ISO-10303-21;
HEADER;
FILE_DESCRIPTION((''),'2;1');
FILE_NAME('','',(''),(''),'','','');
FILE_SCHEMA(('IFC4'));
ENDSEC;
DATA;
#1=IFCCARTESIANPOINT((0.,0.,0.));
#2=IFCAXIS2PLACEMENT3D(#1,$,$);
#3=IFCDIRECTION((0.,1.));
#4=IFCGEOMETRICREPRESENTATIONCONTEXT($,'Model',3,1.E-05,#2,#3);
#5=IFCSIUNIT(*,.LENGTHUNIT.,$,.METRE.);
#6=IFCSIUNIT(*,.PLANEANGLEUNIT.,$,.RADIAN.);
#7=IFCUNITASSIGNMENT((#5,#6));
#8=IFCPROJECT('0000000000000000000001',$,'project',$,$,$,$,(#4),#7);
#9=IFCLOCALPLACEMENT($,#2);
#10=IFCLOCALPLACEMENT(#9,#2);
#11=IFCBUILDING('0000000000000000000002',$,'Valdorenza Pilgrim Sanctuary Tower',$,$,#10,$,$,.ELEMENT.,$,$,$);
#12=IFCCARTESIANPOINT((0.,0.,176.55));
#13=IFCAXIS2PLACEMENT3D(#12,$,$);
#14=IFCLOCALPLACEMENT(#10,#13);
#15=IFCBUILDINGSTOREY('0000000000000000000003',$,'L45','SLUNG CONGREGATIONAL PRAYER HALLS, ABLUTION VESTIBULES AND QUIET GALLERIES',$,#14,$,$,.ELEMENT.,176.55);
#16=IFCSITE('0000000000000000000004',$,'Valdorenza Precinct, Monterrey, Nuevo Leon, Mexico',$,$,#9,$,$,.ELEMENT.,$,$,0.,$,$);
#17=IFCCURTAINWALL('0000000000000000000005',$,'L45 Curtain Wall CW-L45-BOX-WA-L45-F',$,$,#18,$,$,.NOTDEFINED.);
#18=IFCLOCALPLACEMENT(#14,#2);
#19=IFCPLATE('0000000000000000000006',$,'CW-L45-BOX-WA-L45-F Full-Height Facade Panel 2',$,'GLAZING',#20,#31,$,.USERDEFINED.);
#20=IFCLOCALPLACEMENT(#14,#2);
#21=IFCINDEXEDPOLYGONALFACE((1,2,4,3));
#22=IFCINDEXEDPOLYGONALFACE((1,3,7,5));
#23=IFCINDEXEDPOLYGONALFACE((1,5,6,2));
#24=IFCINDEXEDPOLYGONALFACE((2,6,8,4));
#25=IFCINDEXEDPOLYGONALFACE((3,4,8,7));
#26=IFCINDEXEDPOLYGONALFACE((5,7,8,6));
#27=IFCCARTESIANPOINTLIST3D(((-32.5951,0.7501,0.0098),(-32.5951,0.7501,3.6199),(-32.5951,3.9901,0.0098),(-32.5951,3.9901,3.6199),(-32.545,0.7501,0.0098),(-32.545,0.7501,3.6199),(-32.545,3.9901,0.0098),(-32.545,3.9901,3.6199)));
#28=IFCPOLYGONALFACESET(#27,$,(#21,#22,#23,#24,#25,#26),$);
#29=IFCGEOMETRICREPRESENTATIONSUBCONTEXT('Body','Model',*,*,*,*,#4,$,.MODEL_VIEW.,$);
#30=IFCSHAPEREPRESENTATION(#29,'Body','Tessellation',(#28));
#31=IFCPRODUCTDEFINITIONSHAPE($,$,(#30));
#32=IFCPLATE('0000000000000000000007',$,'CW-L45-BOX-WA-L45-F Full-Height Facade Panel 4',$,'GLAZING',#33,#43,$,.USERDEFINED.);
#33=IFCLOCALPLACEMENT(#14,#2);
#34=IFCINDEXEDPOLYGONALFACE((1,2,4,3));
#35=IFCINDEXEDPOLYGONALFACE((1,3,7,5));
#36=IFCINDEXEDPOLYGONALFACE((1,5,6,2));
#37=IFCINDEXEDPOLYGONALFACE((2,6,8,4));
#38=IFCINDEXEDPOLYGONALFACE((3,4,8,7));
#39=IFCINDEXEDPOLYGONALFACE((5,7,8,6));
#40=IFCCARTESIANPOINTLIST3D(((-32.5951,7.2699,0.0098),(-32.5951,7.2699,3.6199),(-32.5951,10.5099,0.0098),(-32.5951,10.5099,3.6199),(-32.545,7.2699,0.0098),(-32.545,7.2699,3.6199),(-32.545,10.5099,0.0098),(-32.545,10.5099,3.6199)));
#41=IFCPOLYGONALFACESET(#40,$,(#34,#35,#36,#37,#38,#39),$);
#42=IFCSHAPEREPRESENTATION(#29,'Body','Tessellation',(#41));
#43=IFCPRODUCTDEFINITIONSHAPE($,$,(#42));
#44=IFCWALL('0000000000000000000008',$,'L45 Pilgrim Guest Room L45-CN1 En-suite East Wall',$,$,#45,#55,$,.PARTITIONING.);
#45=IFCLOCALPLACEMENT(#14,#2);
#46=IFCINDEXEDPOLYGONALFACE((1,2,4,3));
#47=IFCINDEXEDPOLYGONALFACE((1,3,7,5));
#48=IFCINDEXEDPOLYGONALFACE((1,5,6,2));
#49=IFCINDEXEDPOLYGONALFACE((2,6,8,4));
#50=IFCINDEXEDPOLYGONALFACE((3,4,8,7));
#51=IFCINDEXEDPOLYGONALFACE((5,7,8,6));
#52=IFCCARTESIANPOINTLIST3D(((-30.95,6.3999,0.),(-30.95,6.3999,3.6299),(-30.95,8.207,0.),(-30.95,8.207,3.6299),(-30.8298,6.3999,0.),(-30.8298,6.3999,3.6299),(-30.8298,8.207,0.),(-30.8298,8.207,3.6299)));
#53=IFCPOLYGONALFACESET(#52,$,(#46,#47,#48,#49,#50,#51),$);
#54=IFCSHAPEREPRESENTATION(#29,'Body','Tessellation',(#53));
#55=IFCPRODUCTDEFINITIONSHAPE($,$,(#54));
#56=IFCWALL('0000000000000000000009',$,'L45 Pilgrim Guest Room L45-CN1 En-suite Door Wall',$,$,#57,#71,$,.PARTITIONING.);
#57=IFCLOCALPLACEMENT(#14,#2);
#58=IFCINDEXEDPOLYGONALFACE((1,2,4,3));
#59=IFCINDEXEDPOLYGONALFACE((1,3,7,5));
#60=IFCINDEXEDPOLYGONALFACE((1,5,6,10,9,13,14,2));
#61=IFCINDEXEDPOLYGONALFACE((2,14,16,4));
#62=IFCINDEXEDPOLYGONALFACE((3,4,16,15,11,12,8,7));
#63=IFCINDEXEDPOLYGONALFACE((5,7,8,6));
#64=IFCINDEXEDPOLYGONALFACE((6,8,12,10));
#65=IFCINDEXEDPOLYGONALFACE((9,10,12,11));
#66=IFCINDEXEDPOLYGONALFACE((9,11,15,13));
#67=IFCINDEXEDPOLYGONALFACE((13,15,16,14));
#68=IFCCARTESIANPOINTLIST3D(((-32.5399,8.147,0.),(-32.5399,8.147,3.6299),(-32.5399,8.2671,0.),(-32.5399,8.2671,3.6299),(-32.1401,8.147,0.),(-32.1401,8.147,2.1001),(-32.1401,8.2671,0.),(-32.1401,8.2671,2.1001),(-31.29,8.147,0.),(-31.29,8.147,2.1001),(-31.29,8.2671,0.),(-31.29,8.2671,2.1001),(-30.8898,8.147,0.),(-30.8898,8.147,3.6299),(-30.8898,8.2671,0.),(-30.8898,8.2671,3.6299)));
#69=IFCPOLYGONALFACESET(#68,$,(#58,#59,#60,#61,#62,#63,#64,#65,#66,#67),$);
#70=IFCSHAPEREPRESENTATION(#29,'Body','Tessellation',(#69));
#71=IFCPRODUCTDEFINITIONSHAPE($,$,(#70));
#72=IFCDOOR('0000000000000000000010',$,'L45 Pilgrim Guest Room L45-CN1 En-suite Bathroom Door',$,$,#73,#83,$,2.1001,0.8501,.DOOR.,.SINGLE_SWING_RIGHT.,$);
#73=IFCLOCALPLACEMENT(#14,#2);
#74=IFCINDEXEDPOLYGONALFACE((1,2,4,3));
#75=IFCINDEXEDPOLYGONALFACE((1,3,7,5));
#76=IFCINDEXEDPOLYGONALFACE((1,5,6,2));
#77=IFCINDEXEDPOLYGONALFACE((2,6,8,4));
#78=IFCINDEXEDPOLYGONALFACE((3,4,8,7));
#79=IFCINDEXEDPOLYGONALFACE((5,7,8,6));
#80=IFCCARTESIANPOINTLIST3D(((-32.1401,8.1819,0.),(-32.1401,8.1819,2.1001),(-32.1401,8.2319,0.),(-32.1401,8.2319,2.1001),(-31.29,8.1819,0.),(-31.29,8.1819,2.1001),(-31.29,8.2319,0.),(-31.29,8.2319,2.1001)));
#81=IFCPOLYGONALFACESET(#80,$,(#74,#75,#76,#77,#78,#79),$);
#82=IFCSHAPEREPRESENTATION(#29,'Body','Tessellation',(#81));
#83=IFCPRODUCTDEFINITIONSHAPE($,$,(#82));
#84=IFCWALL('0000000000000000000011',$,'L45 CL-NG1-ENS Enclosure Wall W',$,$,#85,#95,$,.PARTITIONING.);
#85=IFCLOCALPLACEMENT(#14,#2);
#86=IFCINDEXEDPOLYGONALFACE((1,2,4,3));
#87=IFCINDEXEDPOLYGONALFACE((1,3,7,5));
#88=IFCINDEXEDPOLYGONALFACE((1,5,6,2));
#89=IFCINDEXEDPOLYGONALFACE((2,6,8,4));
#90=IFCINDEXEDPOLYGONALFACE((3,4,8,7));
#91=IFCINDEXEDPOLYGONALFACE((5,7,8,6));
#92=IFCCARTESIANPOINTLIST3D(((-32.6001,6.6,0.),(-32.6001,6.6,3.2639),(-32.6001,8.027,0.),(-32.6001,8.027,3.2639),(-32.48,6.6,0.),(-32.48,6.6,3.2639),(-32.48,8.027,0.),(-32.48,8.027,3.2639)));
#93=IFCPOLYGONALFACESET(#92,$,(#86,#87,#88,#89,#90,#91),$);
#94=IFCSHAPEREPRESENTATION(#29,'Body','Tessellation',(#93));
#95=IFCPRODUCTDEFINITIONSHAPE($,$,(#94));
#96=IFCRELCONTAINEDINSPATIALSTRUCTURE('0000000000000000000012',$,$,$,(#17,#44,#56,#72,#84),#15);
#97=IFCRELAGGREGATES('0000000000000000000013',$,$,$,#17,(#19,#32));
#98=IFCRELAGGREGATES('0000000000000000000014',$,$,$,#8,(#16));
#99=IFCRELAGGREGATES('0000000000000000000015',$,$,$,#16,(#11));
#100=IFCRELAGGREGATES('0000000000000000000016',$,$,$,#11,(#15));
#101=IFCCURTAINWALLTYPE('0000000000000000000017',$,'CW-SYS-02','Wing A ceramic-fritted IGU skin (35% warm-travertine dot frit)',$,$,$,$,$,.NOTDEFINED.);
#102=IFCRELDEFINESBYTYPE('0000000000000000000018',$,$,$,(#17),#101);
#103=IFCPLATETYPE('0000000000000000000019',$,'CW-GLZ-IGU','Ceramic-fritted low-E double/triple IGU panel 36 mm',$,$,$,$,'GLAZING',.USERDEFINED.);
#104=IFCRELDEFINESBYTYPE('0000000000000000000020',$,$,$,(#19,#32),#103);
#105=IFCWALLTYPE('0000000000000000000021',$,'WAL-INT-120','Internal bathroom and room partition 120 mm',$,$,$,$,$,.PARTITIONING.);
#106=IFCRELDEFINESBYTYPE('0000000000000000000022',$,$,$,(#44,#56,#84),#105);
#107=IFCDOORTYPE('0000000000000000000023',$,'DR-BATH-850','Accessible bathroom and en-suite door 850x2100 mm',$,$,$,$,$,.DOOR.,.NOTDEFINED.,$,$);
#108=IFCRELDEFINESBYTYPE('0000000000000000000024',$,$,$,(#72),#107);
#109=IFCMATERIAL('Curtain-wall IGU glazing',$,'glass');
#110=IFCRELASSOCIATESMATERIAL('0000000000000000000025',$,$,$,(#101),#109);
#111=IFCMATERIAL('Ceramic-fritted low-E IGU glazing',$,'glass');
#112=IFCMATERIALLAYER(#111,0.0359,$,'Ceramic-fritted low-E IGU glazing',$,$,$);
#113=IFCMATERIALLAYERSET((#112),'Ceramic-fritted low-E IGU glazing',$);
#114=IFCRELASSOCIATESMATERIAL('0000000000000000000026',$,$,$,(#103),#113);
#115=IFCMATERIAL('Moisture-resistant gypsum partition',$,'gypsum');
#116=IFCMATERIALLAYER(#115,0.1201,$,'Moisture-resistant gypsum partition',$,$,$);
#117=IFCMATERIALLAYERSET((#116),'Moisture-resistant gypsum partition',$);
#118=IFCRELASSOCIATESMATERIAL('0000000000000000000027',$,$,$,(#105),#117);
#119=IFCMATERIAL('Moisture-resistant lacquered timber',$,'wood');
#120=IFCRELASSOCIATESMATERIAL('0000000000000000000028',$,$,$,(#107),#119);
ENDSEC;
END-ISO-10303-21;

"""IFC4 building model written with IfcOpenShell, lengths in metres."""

from ifc_helpers import new_model, si_unit, direction, frame, frame_2d, origin, origin_2d, place, context, subcontext, project, spatial, rectangle, extrude, source, transform, mapped, material, layer, layer_set, type_object, element, fill, aggregate, save


model = new_model("IFC4")

# Units and contexts
model_context = context("Model", 3, precision=1e-05, world=origin(), true_north=direction((0.0, 1.0)))
body_context = subcontext(model_context, "Body", "Model", "MODEL_VIEW")
ifc_project = project(units=[si_unit("LENGTHUNIT", "METRE"), si_unit("PLANEANGLEUNIT", "RADIAN")], contexts=[model_context])

# Site, building, storey
site_placement = place(None, origin())
site = spatial("IfcSite", under=ifc_project, at=site_placement, Name="Valdorenza Precinct, Monterrey, Nuevo Leon, Mexico", CompositionType="ELEMENT", RefElevation=0.0)
building_placement = place(site_placement, origin())
building = spatial("IfcBuilding", under=site, at=building_placement, Name="Valdorenza Pilgrim Sanctuary Tower", CompositionType="ELEMENT")
storey_placement = place(building_placement, frame((0.0, 0.0, 176.55)))
storey = spatial("IfcBuildingStorey", under=building, at=storey_placement, Name="L45", Description="SLUNG CONGREGATIONAL PRAYER HALLS, ABLUTION VESTIBULES AND QUIET GALLERIES", CompositionType="ELEMENT", Elevation=176.55)

# Shared definitions
ifc_material_1 = material(Name="Curtain-wall IGU glazing", Category="glass")
curtain_wall_type = type_object("IfcCurtainWallType", Name="CW-SYS-02", Description="Wing A ceramic-fritted IGU skin (35% warm-travertine dot frit)", PredefinedType="NOTDEFINED", material=ifc_material_1)

# Curtain wall
curtain_wall_1_placement = place(storey_placement, origin())
curtain_wall_1 = element("IfcCurtainWall", 1, at=curtain_wall_1_placement, inside=storey, type_object=curtain_wall_type, Name="L45 Curtain Wall CW-L45-BOX-WA-L45-F", PredefinedType="NOTDEFINED")

# Plates
ifc_material_2 = material(Name="Ceramic-fritted low-E IGU glazing", Category="glass")
ifc_layer_1 = layer(ifc_material_2, 0.0359, Name="Ceramic-fritted low-E IGU glazing")
ifc_layer_set_1 = layer_set([ifc_layer_1], Name="Ceramic-fritted low-E IGU glazing")
plate_type_1 = type_object("IfcPlateType", Name="CW-GLZ-IGU", Description="Ceramic-fritted low-E double/triple IGU panel 36 mm", ElementType="GLAZING", PredefinedType="USERDEFINED", material=ifc_layer_set_1)
shared_shape_1 = source(origin(), body_context, "Body", "SweptSolid", [
    extrude(rectangle(XDim=3.24, YDim=0.05, at=origin_2d()), origin(), (0.0, 0.0, 1.0), 3.6101),
])
plate_1_placement = place(storey_placement, frame((-32.5701, 2.3701, 0.0098), z_axis=(0.0, 0.0, 1.0), x_axis=(0.0, 1.0, 0.0)))
plate_1 = element("IfcPlate", 2, at=plate_1_placement, type_object=plate_type_1, Name="CW-L45-BOX-WA-L45-F Full-Height Facade Panel 2", ObjectType="GLAZING", PredefinedType="USERDEFINED", context=body_context, shape_type="MappedRepresentation", body=[
    mapped(shared_shape_1, transform((0.0, 0.0, 0.0), x_axis=(1.0, 0.0, 0.0), y_axis=(0.0, 1.0, 0.0), z_axis=(0.0, 0.0, 1.0), scale=1.0)),
])
plate_2_placement = place(storey_placement, frame((-32.5701, 8.8899, 0.0098), z_axis=(0.0, 0.0, 1.0), x_axis=(0.0, 1.0, 0.0)))
plate_2 = element("IfcPlate", 3, at=plate_2_placement, type_object=plate_type_1, Name="CW-L45-BOX-WA-L45-F Full-Height Facade Panel 4", ObjectType="GLAZING", PredefinedType="USERDEFINED", context=body_context, shape_type="MappedRepresentation", body=[
    mapped(shared_shape_1, transform((0.0, 0.0, 0.0), x_axis=(1.0, 0.0, 0.0), y_axis=(0.0, 1.0, 0.0), z_axis=(0.0, 0.0, 1.0), scale=1.0)),
])
aggregate(curtain_wall_1, [plate_1, plate_2])

# Wall
ifc_material_3 = material(Name="Moisture-resistant gypsum partition", Category="gypsum")
ifc_layer_2 = layer(ifc_material_3, 0.1201, Name="Moisture-resistant gypsum partition")
ifc_layer_set_2 = layer_set([ifc_layer_2], Name="Moisture-resistant gypsum partition")
wall_type_1 = type_object("IfcWallType", Name="WAL-INT-120", Description="Internal bathroom and room partition 120 mm", PredefinedType="PARTITIONING", material=ifc_layer_set_2)
wall_1_placement = place(storey_placement, frame((-30.8899, 6.3999, 0.0), z_axis=(0.0, 0.0, 1.0), x_axis=(0.0, 1.0, 0.0)))
element("IfcWall", 4, at=wall_1_placement, inside=storey, type_object=wall_type_1, Name="L45 Pilgrim Guest Room L45-CN1 En-suite East Wall", PredefinedType="PARTITIONING", context=body_context, shape_type="SweptSolid", body=[
    extrude(rectangle(XDim=1.8071, YDim=0.1201, at=frame_2d((0.9036, 0.0))), origin(), (0.0, 0.0, 1.0), 3.6299),
])

# Wall, opening, door
wall_2_placement = place(storey_placement, frame((-32.54, 8.207, 0.0), z_axis=(0.0, 0.0, 1.0), x_axis=(1.0, 0.0, 0.0)))
wall_2 = element("IfcWall", 5, at=wall_2_placement, inside=storey, type_object=wall_type_1, Name="L45 Pilgrim Guest Room L45-CN1 En-suite Door Wall", PredefinedType="PARTITIONING", context=body_context, shape_type="SweptSolid", body=[
    extrude(rectangle(XDim=1.6501, YDim=0.1201, at=frame_2d((0.8252, 0.0))), origin(), (0.0, 0.0, 1.0), 3.6299),
])
opening_1_placement = place(wall_2_placement, frame((0.3999, 0.0, 0.0)))
opening_1 = element("IfcOpeningElement", 6, at=opening_1_placement, cuts=wall_2, PredefinedType="OPENING", context=body_context, shape_type="SweptSolid", body=[
    extrude(rectangle(XDim=0.8501, YDim=2.1001, at=frame_2d((0.425, 1.05))), frame((0.0, 0.075, 0.0), z_axis=(0.0, -1.0, 0.0), x_axis=(1.0, 0.0, 0.0)), (0.0, 0.0, 1.0), 0.1499),
])
ifc_material_4 = material(Name="Moisture-resistant lacquered timber", Category="wood")
door_type_1 = type_object("IfcDoorType", Name="DR-BATH-850", Description="Accessible bathroom and en-suite door 850x2100 mm", OperationType="NOTDEFINED", PredefinedType="DOOR", material=ifc_material_4)
door_1_placement = place(opening_1_placement, origin())
door_1 = element("IfcDoor", 7, at=door_1_placement, inside=storey, type_object=door_type_1, Name="L45 Pilgrim Guest Room L45-CN1 En-suite Bathroom Door", OperationType="SINGLE_SWING_RIGHT", OverallHeight=2.1001, OverallWidth=0.8501, PredefinedType="DOOR", context=body_context, shape_type="SweptSolid", body=[
    extrude(rectangle(XDim=0.8501, YDim=2.1001, at=frame_2d((0.425, 1.05))), frame((0.0, 0.0249, 0.0), z_axis=(0.0, -1.0, 0.0), x_axis=(1.0, 0.0, 0.0)), (0.0, 0.0, 1.0), 0.05),
])
fill(opening_1, door_1)

# Wall
wall_3_placement = place(storey_placement, frame((-32.54, 6.6001, 0.0), z_axis=(0.0, 0.0, 1.0), x_axis=(0.0, 1.0, 0.0)))
element("IfcWall", 8, at=wall_3_placement, inside=storey, type_object=wall_type_1, Name="L45 CL-NG1-ENS Enclosure Wall W", PredefinedType="PARTITIONING", context=body_context, shape_type="SweptSolid", body=[
    extrude(rectangle(XDim=1.427, YDim=0.1201, at=frame_2d((0.7134, 0.0))), origin(), (0.0, 0.0, 1.0), 3.2639),
])

save(model, "model.ifc")
